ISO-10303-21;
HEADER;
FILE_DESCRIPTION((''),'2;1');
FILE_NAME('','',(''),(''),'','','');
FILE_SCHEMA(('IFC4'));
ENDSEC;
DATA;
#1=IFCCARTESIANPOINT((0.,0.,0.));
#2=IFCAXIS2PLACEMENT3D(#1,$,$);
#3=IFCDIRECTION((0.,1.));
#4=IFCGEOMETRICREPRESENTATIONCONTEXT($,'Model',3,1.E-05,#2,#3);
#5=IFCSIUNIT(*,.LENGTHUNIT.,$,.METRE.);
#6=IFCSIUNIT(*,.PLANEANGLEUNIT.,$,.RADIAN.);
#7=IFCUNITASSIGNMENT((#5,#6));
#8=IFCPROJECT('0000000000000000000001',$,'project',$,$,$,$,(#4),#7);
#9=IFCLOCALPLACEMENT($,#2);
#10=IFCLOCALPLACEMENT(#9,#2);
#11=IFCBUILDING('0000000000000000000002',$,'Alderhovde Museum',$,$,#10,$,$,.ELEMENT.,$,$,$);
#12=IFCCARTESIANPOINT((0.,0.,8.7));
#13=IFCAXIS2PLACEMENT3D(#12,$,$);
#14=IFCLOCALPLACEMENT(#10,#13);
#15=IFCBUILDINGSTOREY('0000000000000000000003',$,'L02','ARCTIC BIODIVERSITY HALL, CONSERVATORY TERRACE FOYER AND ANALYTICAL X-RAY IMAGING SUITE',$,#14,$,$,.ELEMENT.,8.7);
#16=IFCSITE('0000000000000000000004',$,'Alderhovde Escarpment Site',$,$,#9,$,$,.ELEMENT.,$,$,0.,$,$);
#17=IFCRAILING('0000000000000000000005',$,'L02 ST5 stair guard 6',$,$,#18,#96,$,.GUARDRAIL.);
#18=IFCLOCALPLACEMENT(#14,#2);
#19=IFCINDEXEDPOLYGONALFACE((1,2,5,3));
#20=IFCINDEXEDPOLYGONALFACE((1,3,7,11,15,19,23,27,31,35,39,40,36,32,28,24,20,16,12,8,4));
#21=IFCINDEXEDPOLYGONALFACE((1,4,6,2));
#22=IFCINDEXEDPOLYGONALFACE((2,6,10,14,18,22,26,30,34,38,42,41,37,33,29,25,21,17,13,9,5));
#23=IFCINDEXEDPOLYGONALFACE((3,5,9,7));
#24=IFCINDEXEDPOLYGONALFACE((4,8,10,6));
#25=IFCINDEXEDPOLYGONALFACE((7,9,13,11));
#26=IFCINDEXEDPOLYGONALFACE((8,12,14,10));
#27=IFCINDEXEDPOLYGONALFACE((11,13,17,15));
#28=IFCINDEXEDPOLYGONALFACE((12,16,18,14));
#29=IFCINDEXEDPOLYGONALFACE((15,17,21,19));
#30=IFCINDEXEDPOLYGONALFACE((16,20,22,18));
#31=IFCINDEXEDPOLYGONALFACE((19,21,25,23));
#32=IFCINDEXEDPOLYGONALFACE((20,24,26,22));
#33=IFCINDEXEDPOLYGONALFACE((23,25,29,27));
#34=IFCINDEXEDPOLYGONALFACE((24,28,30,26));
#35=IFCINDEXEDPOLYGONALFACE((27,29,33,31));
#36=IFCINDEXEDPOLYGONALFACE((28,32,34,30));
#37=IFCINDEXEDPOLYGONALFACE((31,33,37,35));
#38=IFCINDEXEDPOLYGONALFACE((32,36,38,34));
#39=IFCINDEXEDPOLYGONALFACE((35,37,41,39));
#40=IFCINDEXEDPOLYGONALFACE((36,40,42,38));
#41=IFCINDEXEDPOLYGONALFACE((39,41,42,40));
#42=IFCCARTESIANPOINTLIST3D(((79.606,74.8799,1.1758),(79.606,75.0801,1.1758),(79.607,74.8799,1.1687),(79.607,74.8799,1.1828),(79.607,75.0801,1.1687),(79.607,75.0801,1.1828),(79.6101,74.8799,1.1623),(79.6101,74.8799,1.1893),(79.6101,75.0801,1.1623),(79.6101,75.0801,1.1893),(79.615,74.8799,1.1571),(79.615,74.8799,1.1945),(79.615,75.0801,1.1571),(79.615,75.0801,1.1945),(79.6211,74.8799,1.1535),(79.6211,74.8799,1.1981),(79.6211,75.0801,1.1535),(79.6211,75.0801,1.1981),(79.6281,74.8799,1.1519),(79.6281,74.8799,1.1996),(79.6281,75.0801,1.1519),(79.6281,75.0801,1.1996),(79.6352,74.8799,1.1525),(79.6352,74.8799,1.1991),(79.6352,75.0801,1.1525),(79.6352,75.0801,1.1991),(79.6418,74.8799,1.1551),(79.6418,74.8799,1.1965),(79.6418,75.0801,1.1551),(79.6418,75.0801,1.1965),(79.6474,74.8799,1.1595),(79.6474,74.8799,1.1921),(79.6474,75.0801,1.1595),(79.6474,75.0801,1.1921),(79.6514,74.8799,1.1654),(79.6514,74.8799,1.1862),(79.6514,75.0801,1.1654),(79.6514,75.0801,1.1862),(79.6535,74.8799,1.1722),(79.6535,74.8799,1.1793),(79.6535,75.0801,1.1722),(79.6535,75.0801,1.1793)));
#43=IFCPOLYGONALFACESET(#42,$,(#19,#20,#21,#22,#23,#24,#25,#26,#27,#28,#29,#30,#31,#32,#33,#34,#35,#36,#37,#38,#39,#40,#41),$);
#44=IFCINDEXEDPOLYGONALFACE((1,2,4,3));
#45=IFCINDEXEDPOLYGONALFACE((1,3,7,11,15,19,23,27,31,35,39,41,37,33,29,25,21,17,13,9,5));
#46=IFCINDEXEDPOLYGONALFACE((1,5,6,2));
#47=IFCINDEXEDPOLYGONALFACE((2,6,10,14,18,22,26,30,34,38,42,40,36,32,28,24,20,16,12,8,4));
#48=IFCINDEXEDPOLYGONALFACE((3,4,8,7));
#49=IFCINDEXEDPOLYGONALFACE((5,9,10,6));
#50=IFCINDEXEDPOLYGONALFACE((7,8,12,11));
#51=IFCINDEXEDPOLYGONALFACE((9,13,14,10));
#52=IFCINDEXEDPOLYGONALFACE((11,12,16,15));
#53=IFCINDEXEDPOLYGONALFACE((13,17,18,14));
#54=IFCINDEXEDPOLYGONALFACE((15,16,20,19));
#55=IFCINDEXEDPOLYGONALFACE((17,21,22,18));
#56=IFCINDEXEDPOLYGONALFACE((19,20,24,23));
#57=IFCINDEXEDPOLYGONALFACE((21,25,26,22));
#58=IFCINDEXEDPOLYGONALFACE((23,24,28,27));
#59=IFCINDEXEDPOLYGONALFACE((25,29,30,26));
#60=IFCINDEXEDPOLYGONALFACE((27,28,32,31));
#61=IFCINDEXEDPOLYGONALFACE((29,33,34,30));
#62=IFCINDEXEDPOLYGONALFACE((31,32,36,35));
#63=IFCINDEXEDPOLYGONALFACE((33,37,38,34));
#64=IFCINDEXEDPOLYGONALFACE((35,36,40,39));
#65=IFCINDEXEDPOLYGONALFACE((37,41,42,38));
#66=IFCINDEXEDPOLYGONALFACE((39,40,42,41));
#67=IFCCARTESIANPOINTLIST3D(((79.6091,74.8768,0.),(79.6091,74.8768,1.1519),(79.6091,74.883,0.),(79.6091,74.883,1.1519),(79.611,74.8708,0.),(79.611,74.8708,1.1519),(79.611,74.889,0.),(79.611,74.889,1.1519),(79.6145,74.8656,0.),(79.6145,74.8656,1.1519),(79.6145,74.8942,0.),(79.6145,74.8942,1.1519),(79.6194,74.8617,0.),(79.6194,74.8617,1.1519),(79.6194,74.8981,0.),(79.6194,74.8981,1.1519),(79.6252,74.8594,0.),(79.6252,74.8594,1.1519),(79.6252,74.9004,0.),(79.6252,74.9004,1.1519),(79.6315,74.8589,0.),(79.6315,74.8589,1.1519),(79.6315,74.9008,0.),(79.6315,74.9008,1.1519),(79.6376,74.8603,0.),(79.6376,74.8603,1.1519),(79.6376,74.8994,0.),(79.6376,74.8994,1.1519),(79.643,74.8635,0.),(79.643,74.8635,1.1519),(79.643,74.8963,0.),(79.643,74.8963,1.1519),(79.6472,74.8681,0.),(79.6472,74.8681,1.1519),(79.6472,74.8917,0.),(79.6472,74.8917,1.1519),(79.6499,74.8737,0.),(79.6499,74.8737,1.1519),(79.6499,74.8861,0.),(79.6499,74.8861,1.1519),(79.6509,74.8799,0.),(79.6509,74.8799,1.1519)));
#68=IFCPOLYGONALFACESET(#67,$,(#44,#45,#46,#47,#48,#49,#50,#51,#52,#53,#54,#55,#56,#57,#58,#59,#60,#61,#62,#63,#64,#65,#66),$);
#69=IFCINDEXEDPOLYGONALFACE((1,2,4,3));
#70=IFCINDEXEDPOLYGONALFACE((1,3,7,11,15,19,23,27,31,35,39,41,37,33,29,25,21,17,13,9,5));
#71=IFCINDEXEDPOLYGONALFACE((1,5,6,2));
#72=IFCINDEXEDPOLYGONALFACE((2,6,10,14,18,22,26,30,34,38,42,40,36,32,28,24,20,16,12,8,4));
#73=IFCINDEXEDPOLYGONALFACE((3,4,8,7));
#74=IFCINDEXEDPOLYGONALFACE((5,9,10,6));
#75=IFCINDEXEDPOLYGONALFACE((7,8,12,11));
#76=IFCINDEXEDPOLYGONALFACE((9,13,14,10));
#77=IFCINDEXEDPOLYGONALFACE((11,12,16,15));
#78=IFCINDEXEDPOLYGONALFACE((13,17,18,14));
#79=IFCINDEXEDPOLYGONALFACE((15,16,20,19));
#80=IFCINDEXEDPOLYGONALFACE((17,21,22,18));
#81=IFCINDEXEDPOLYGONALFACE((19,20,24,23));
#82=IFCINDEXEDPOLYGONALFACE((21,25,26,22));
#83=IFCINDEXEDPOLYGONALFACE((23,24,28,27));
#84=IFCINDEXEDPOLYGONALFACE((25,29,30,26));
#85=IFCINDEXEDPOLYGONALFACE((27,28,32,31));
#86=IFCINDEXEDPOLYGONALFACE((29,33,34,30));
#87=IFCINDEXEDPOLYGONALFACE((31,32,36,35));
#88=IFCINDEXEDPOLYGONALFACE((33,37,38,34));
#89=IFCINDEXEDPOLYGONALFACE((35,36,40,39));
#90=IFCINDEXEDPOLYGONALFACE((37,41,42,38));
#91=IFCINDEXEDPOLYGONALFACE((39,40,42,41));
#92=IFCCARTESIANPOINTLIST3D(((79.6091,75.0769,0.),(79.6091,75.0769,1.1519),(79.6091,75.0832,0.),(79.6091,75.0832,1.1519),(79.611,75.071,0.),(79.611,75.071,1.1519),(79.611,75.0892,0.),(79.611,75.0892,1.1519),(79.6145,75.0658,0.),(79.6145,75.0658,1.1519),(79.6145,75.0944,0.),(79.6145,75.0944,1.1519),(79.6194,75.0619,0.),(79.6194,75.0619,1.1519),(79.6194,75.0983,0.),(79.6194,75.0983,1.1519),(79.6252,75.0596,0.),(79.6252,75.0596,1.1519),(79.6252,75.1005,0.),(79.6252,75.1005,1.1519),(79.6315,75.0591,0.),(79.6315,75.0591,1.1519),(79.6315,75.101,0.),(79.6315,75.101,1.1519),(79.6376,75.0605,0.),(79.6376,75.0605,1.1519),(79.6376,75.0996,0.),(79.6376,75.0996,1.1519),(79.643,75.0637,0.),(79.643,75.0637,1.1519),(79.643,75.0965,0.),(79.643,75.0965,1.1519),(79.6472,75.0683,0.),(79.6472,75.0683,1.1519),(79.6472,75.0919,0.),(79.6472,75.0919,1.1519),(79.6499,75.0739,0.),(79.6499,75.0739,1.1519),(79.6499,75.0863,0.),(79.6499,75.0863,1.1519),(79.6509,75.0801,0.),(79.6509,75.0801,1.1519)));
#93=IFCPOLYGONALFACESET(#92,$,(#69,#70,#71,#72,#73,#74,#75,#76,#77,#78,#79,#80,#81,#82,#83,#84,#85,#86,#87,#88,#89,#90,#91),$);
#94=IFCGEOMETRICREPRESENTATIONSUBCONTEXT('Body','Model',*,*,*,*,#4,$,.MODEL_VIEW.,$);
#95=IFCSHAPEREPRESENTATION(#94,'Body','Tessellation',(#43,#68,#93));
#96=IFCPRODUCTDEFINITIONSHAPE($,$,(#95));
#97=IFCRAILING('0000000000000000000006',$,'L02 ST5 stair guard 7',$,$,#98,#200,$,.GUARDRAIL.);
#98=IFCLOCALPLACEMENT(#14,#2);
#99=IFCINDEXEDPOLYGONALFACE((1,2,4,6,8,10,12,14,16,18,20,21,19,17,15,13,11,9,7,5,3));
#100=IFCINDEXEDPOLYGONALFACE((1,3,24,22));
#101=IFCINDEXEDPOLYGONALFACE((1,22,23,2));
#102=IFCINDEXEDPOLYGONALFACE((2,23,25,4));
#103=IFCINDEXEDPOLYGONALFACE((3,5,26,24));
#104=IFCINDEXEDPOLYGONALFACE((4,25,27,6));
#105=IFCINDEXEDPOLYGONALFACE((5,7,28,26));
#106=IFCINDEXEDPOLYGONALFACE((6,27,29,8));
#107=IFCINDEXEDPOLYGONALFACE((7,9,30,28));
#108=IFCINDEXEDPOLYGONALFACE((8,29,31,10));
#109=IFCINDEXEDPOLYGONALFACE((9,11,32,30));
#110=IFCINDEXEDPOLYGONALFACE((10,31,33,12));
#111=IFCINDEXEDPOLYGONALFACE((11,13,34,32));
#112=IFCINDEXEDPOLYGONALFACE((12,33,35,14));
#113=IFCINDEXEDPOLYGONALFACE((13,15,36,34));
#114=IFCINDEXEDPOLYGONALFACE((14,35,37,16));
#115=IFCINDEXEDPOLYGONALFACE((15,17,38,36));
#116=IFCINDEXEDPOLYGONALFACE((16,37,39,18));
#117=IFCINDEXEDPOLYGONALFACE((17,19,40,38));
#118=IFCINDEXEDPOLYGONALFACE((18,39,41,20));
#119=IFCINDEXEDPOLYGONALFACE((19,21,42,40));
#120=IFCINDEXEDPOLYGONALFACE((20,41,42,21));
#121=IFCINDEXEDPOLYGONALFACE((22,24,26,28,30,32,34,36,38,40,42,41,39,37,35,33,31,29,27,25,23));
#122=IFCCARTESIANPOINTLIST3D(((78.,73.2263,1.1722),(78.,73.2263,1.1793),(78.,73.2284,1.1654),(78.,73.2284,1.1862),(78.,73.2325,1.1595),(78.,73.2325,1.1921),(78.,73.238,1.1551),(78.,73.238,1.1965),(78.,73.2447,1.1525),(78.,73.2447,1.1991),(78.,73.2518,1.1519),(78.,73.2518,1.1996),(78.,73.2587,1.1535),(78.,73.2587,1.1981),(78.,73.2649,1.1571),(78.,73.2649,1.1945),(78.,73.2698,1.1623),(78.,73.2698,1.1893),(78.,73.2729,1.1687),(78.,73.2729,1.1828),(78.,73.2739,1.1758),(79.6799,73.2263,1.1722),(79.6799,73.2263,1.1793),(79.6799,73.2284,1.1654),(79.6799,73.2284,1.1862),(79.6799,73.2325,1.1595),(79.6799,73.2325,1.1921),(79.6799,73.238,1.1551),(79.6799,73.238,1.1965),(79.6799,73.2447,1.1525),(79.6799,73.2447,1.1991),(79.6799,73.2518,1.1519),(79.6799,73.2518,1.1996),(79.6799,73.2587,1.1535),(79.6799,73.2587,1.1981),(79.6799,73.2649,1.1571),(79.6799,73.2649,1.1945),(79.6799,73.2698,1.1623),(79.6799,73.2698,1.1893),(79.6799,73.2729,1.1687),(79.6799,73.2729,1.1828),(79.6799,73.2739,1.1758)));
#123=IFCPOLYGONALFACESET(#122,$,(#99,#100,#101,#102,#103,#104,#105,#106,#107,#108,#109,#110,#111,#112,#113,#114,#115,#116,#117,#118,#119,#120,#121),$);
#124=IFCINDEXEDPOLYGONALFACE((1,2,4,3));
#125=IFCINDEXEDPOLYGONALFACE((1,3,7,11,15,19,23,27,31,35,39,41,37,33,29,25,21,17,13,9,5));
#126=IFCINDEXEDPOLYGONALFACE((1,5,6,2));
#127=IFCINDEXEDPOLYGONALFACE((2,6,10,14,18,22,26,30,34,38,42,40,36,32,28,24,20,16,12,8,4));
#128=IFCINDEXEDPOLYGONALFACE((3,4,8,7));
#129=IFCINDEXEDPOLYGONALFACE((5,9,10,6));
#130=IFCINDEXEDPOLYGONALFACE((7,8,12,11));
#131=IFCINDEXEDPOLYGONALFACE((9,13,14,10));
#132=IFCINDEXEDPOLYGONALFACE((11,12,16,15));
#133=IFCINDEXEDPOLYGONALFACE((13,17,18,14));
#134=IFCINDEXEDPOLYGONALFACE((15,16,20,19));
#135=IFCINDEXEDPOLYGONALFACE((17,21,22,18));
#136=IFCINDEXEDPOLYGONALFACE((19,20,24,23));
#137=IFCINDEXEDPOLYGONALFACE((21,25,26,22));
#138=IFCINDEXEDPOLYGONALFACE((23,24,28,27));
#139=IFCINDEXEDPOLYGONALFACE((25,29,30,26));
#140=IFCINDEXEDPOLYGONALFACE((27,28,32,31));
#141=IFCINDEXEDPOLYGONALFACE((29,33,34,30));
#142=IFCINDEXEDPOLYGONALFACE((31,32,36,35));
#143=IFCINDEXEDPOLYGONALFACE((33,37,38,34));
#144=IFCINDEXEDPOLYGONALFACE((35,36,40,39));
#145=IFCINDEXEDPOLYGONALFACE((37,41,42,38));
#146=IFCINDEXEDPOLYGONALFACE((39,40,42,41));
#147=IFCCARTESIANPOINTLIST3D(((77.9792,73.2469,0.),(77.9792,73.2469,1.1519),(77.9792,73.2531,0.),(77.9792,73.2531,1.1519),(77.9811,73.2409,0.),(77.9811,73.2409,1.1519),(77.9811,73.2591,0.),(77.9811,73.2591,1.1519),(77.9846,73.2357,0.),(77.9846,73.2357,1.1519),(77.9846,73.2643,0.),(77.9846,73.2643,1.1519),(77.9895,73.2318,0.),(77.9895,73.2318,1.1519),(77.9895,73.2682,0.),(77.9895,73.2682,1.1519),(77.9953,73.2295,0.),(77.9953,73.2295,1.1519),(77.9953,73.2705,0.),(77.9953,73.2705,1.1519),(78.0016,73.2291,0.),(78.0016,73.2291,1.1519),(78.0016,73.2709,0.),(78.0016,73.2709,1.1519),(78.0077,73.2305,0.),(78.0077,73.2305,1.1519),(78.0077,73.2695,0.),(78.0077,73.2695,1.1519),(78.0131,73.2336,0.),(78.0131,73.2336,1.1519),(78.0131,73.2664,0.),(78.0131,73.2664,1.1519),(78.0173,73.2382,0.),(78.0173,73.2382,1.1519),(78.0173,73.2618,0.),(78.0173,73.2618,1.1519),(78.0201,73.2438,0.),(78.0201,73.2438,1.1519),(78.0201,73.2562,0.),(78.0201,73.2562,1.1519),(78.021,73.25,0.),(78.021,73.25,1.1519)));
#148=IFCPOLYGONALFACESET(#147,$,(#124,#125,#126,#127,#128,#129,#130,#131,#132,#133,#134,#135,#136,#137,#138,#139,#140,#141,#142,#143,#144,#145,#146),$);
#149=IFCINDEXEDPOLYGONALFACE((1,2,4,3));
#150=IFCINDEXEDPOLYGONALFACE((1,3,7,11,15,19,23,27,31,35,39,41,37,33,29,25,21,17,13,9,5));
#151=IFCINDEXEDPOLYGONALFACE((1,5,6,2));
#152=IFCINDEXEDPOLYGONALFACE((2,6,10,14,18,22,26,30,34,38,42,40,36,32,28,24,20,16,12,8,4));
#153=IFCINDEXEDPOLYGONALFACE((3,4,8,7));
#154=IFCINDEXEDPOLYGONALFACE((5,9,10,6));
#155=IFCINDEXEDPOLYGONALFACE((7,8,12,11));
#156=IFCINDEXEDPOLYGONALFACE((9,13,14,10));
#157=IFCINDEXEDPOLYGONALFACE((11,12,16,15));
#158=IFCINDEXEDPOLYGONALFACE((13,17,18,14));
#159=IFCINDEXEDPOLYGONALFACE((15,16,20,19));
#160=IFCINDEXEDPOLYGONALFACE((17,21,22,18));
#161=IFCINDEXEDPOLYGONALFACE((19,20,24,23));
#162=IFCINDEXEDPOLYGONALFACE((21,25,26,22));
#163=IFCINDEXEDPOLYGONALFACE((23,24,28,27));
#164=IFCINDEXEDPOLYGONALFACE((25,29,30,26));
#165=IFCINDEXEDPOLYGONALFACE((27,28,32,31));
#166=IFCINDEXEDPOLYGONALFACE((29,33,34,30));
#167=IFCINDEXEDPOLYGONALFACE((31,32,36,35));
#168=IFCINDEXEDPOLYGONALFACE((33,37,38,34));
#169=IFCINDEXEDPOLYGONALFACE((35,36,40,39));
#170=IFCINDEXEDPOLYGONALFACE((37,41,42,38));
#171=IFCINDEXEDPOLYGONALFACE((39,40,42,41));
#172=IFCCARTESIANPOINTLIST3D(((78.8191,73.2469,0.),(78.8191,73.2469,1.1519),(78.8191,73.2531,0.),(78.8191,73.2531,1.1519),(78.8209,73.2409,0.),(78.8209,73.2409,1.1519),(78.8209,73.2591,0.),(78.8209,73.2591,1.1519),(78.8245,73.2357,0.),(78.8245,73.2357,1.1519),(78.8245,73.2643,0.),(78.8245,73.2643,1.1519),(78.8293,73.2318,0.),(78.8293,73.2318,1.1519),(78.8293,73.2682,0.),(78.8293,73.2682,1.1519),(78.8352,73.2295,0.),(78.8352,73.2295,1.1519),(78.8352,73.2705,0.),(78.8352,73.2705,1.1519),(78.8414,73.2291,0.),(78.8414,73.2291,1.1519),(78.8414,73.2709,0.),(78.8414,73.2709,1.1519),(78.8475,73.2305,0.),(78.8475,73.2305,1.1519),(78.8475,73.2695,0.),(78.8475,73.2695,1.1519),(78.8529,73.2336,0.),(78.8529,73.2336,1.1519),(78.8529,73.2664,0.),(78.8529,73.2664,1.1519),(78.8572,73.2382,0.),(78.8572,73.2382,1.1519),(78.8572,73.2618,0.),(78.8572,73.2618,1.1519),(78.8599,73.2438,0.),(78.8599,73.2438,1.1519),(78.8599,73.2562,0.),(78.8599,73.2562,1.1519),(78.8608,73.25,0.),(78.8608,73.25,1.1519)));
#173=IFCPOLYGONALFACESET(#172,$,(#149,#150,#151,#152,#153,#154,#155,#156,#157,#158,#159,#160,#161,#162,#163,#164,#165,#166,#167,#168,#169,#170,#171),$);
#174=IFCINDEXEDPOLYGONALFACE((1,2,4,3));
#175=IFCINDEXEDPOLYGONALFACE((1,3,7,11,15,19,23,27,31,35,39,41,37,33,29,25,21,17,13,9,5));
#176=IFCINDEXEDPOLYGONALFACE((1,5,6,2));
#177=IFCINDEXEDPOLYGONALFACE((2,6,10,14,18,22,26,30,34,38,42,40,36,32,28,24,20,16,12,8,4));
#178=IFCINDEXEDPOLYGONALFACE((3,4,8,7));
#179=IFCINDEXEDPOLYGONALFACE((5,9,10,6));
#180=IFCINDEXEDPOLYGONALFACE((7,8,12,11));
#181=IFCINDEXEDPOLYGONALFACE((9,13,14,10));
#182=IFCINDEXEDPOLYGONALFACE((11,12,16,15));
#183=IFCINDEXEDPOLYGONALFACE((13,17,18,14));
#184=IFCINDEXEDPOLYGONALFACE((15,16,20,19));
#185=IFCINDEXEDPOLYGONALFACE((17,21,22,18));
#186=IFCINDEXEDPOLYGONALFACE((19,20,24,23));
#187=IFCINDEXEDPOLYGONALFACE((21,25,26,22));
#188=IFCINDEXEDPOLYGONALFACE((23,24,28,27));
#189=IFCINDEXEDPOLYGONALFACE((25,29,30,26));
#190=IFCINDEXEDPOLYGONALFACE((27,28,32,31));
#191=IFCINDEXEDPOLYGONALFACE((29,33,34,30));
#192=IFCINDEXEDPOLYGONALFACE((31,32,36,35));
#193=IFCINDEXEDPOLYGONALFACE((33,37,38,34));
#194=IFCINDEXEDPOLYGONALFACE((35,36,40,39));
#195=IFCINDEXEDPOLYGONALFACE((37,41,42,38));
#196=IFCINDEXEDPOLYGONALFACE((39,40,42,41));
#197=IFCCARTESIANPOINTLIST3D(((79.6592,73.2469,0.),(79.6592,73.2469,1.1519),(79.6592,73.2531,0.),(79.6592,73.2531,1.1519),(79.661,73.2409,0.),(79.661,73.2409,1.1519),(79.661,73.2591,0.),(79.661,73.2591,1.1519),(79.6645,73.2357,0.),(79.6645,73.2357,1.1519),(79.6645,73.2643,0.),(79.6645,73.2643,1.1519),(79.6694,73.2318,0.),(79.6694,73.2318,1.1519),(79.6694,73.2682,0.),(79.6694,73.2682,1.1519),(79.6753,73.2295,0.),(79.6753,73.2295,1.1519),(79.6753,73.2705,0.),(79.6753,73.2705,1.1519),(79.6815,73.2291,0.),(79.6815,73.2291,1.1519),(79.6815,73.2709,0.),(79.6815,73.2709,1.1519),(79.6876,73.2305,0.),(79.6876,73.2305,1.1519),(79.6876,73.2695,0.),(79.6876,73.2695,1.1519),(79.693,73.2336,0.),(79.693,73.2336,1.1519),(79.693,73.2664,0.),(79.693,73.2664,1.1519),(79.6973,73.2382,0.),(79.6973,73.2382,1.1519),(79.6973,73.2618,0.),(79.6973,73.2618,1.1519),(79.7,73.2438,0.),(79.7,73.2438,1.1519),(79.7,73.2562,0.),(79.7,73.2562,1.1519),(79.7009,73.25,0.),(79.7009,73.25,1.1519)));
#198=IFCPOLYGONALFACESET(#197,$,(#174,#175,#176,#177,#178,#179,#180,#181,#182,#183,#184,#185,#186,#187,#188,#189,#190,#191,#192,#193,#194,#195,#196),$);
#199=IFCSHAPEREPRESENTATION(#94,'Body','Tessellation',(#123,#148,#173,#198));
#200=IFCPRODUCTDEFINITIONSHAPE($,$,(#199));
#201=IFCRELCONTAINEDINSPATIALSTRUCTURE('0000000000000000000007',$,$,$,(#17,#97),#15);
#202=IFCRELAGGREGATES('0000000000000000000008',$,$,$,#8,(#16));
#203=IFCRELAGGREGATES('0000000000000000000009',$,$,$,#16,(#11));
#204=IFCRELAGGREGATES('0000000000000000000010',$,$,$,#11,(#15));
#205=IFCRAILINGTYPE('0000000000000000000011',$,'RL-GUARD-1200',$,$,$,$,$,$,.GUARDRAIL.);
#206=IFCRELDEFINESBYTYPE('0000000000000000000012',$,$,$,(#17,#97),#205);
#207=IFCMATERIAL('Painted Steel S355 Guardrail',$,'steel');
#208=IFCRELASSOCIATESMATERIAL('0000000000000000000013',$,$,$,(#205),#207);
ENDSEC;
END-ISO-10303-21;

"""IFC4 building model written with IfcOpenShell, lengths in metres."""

from ifc_helpers import new_model, si_unit, direction, frame, origin, origin_2d, place, context, subcontext, project, spatial, circle, extrude, material, type_object, element, save


model = new_model("IFC4")

# Units and contexts
model_context = context("Model", 3, precision=1e-05, world=origin(), true_north=direction((0.0, 1.0)))
body_context = subcontext(model_context, "Body", "Model", "MODEL_VIEW")
ifc_project = project(units=[si_unit("LENGTHUNIT", "METRE"), si_unit("PLANEANGLEUNIT", "RADIAN")], contexts=[model_context])

# Site, building, storey
site_placement = place(None, origin())
site = spatial("IfcSite", under=ifc_project, at=site_placement, Name="Alderhovde Escarpment Site", CompositionType="ELEMENT", RefElevation=0.0)
building_placement = place(site_placement, origin())
building = spatial("IfcBuilding", under=site, at=building_placement, Name="Alderhovde Museum", CompositionType="ELEMENT")
storey_placement = place(building_placement, frame((0.0, 0.0, 8.7)))
storey = spatial("IfcBuildingStorey", under=building, at=storey_placement, Name="L02", Description="ARCTIC BIODIVERSITY HALL, CONSERVATORY TERRACE FOYER AND ANALYTICAL X-RAY IMAGING SUITE", CompositionType="ELEMENT", Elevation=8.7)

# Railings
ifc_material_1 = material(Name="Painted Steel S355 Guardrail", Category="steel")
railing_type_1 = type_object("IfcRailingType", Name="RL-GUARD-1200", PredefinedType="GUARDRAIL", material=ifc_material_1)
railing_1_placement = place(storey_placement, frame((79.6299, 74.8799, 0.0)))
element("IfcRailing", 1, at=railing_1_placement, inside=storey, type_object=railing_type_1, Name="L02 ST5 stair guard 6", PredefinedType="GUARDRAIL", context=body_context, shape_type="SweptSolid", body=[
    extrude(circle(Radius=0.0239, at=origin_2d()), frame((0.0, 0.0, 1.1758), z_axis=(0.0, 1.0, 0.0), x_axis=(-1.0, 0.0, 0.0)), (0.0, 0.0, 1.0), 0.2002),
    extrude(circle(Radius=0.021, at=origin_2d()), origin(), (0.0, 0.0, 1.0), 1.1519),
    extrude(circle(Radius=0.021, at=origin_2d()), frame((0.0, 0.2002, 0.0)), (0.0, 0.0, 1.0), 1.1519),
])
for number, where, name in (
    (2, (78.0, 73.25, 0.0), "L02 ST5 stair guard 7"),
):
    element("IfcRailing", number, at=place(storey_placement, frame(where)), inside=storey, type_object=railing_type_1, Name=name, PredefinedType="GUARDRAIL", context=body_context, shape_type="SweptSolid", body=[
        extrude(circle(Radius=0.0239, at=origin_2d()), frame((0.0, 0.0, 1.1758), z_axis=(1.0, 0.0, 0.0), x_axis=(0.0, 1.0, 0.0)), (0.0, 0.0, 1.0), 1.6799),
        extrude(circle(Radius=0.021, at=origin_2d()), origin(), (0.0, 0.0, 1.0), 1.1519),
        extrude(circle(Radius=0.021, at=origin_2d()), frame((0.8398, 0.0, 0.0)), (0.0, 0.0, 1.0), 1.1519),
        extrude(circle(Radius=0.021, at=origin_2d()), frame((1.6799, 0.0, 0.0)), (0.0, 0.0, 1.0), 1.1519),
    ])

save(model, "model.ifc")
